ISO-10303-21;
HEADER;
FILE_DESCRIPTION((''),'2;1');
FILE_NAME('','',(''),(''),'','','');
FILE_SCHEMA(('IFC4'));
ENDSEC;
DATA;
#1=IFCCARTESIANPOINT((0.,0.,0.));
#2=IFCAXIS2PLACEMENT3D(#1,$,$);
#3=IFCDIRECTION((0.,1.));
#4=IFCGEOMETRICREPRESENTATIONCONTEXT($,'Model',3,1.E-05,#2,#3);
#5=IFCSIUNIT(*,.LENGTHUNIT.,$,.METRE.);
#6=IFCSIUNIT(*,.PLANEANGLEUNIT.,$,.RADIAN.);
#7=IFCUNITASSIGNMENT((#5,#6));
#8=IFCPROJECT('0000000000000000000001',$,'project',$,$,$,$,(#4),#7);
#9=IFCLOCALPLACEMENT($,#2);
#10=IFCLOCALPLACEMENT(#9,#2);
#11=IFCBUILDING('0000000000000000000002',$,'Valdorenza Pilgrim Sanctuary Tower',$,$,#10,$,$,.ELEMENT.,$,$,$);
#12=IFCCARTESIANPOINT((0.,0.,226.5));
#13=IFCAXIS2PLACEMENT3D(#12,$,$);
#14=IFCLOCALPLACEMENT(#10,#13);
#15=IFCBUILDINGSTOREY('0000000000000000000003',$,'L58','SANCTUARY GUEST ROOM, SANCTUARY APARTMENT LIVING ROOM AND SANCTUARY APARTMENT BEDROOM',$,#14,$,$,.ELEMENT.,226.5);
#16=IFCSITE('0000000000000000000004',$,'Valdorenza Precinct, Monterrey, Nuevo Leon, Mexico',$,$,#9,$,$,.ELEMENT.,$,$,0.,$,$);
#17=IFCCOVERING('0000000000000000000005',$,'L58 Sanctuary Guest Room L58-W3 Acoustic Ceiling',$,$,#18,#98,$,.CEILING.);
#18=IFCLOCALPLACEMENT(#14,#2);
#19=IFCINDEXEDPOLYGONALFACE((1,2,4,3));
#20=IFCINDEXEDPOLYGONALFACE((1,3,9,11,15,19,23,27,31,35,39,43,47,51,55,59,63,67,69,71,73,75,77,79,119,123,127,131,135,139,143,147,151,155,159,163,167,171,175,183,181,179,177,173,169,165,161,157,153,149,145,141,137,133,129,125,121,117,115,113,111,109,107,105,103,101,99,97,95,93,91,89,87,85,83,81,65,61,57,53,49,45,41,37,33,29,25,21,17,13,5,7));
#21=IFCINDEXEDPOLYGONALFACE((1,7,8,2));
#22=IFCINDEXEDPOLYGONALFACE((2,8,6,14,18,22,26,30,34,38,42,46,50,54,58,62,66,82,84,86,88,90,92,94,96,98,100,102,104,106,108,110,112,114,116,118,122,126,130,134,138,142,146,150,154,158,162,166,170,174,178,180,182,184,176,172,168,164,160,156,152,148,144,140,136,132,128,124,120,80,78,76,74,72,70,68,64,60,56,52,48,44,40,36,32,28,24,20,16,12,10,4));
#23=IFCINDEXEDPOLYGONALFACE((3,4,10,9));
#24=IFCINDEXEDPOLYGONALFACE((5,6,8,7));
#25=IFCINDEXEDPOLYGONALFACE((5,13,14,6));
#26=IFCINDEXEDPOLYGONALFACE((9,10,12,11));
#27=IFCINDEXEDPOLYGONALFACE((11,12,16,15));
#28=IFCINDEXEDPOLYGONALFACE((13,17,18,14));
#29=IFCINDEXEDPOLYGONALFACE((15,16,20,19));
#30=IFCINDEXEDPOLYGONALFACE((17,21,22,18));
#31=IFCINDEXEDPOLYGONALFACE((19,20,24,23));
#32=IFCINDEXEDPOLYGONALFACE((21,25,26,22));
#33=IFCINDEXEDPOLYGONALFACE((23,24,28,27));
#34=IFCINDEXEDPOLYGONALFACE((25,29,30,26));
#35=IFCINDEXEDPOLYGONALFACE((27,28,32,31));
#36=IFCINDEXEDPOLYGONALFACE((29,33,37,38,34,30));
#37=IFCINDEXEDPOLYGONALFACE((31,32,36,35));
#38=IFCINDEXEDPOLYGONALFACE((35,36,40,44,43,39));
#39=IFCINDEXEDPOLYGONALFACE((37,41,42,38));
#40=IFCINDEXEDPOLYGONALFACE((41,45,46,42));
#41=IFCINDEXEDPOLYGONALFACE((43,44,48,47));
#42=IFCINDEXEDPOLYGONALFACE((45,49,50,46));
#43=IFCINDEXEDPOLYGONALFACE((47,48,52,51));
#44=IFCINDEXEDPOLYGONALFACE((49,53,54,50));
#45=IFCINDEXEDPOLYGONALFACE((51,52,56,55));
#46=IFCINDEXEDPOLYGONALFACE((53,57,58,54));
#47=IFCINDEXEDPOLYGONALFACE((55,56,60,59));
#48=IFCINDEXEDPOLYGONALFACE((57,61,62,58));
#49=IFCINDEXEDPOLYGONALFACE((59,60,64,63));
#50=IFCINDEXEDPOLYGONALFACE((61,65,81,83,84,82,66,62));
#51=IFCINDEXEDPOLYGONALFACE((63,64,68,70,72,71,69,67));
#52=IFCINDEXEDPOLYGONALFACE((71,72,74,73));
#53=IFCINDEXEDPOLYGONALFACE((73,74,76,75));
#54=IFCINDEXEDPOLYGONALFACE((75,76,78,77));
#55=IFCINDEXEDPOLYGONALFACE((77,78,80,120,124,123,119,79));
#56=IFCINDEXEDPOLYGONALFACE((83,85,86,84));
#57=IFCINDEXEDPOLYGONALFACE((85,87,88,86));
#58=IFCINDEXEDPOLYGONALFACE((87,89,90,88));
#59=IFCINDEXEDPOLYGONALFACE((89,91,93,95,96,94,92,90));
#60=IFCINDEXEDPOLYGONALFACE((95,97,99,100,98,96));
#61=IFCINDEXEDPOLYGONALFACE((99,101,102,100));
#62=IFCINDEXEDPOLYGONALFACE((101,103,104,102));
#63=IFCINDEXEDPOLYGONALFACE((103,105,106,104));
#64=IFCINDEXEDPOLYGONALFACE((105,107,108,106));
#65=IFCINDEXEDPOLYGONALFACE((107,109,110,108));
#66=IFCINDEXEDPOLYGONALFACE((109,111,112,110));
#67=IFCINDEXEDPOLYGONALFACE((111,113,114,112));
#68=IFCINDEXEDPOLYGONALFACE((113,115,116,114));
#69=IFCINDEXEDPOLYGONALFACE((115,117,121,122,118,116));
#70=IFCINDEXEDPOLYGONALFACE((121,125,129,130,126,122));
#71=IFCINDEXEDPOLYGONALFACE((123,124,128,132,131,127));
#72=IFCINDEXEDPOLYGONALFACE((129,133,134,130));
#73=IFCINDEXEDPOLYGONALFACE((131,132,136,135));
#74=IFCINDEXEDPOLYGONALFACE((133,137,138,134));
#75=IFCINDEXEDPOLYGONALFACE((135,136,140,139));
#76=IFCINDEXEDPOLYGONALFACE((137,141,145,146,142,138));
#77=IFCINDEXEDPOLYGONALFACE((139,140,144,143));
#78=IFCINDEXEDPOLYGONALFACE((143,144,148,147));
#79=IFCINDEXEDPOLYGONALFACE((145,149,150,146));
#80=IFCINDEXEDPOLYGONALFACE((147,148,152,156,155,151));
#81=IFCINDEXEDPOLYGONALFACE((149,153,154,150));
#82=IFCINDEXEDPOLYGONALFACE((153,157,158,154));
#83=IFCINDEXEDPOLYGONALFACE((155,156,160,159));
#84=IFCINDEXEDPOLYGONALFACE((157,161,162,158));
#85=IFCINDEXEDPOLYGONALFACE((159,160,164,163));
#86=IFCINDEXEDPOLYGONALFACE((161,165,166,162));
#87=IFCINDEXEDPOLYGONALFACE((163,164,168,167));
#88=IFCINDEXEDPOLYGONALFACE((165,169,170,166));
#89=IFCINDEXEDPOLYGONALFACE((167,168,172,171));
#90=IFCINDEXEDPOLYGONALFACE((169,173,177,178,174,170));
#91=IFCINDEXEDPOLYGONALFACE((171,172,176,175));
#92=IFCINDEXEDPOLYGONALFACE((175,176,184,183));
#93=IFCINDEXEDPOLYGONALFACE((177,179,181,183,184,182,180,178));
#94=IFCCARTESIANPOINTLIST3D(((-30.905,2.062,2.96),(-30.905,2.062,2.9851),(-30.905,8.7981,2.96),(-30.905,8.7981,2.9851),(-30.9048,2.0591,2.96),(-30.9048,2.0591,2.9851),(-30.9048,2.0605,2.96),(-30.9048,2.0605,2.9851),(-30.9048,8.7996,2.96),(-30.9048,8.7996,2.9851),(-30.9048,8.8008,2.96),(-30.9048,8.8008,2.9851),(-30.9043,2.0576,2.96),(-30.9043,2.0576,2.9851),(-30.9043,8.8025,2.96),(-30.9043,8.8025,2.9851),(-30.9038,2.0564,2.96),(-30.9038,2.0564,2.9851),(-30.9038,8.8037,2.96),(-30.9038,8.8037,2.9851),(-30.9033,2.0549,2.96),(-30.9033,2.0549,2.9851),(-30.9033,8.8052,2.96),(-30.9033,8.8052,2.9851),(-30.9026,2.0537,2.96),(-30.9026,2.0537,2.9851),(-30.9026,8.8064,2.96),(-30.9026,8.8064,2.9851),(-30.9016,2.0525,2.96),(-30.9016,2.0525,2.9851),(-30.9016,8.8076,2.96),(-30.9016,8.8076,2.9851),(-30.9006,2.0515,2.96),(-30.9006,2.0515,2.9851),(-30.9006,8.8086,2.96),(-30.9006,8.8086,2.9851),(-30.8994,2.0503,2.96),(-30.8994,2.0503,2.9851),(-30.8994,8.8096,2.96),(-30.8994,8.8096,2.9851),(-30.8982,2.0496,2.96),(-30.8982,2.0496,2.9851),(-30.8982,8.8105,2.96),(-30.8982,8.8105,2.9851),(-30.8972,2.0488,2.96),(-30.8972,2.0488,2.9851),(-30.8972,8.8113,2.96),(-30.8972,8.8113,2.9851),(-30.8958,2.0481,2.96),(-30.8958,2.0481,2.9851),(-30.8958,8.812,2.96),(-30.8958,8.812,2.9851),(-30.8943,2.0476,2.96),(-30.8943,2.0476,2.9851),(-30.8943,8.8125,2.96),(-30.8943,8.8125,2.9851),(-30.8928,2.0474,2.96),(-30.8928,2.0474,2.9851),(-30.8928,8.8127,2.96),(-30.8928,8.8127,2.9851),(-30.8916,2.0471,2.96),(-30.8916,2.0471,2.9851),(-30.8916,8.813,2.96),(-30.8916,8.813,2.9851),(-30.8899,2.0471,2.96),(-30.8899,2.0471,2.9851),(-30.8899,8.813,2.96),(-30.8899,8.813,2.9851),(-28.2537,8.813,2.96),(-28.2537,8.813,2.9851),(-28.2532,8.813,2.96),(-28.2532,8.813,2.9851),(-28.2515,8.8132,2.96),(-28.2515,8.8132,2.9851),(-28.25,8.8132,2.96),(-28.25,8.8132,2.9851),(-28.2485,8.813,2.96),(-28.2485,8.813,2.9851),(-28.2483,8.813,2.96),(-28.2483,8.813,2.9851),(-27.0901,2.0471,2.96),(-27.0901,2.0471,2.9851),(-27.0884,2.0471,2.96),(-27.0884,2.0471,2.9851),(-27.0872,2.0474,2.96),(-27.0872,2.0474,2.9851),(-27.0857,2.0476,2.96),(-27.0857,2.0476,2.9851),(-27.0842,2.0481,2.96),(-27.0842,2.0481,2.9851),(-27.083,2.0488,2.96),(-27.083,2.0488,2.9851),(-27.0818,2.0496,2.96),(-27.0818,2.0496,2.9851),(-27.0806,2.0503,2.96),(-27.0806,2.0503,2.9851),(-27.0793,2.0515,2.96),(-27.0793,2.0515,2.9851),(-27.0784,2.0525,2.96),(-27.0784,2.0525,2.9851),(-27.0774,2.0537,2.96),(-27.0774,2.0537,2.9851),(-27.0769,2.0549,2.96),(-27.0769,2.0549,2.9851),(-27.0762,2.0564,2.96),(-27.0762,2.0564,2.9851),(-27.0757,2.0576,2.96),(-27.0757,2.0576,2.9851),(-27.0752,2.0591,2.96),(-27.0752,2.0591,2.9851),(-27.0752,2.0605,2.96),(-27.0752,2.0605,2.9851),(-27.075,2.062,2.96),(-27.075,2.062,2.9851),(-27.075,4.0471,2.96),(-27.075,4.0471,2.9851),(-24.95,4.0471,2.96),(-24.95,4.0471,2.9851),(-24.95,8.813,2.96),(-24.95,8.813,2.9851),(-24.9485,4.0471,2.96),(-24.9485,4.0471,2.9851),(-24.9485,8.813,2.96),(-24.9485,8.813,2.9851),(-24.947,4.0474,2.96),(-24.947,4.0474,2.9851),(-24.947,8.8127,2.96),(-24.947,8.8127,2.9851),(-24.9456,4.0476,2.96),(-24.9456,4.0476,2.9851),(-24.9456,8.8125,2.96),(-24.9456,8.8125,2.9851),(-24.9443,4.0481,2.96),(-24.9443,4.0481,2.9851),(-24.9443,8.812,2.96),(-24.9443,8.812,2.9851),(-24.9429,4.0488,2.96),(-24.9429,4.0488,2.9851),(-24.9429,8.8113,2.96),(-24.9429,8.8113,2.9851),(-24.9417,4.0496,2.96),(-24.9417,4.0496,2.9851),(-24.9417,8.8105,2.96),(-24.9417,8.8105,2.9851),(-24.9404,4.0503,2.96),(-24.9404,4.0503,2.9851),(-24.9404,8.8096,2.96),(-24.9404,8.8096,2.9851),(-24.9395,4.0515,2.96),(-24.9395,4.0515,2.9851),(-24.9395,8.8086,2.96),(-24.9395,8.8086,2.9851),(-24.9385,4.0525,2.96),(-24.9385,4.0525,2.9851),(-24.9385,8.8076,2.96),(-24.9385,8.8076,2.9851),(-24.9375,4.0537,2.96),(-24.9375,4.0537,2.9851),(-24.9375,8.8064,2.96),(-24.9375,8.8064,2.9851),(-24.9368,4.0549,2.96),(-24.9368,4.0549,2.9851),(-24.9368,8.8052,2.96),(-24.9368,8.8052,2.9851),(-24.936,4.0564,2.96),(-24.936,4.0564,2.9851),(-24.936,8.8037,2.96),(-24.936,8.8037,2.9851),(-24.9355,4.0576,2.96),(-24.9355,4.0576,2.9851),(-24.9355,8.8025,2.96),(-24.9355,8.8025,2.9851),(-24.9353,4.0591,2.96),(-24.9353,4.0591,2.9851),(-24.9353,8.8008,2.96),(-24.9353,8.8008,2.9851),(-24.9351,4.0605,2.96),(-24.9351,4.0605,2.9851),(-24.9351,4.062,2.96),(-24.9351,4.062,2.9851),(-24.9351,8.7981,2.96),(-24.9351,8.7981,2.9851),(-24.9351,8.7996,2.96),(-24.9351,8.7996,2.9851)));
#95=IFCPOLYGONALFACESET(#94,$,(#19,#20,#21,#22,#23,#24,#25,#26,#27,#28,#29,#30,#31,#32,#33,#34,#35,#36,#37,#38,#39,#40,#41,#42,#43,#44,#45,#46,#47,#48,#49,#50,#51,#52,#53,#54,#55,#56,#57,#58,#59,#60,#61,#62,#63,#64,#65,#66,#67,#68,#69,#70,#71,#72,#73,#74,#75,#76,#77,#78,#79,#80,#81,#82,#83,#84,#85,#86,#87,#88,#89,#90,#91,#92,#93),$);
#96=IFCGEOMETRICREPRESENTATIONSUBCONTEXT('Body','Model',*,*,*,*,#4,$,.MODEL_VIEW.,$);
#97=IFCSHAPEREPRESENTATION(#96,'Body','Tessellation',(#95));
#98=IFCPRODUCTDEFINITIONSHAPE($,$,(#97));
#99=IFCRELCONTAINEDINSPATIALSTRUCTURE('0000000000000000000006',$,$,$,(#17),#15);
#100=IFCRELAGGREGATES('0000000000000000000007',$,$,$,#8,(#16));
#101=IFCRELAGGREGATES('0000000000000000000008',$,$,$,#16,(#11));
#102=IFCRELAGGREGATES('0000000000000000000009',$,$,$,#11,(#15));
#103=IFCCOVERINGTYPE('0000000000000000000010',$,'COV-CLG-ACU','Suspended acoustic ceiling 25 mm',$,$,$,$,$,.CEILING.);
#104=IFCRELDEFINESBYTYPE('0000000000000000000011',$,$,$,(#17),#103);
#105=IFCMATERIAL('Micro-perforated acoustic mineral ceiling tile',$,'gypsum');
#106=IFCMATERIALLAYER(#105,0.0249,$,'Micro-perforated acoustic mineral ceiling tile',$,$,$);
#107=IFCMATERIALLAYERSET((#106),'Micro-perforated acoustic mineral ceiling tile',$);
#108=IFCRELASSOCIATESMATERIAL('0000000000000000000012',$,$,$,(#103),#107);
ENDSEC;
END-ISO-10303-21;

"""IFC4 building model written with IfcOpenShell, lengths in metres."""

from ifc_helpers import new_model, si_unit, direction, frame, origin, place, context, subcontext, project, spatial, polyline, outline, extrude, material, layer, layer_set, type_object, element, save


model = new_model("IFC4")

# Units and contexts
model_context = context("Model", 3, precision=1e-05, world=origin(), true_north=direction((0.0, 1.0)))
body_context = subcontext(model_context, "Body", "Model", "MODEL_VIEW")
ifc_project = project(units=[si_unit("LENGTHUNIT", "METRE"), si_unit("PLANEANGLEUNIT", "RADIAN")], contexts=[model_context])

# Site, building, storey
site_placement = place(None, origin())
site = spatial("IfcSite", under=ifc_project, at=site_placement, Name="Valdorenza Precinct, Monterrey, Nuevo Leon, Mexico", CompositionType="ELEMENT", RefElevation=0.0)
building_placement = place(site_placement, origin())
building = spatial("IfcBuilding", under=site, at=building_placement, Name="Valdorenza Pilgrim Sanctuary Tower", CompositionType="ELEMENT")
storey_placement = place(building_placement, frame((0.0, 0.0, 226.5)))
storey = spatial("IfcBuildingStorey", under=building, at=storey_placement, Name="L58", Description="SANCTUARY GUEST ROOM, SANCTUARY APARTMENT LIVING ROOM AND SANCTUARY APARTMENT BEDROOM", CompositionType="ELEMENT", Elevation=226.5)

# Covering
ifc_material_1 = material(Name="Micro-perforated acoustic mineral ceiling tile", Category="gypsum")
ifc_layer_1 = layer(ifc_material_1, 0.0249, Name="Micro-perforated acoustic mineral ceiling tile")
ifc_layer_set_1 = layer_set([ifc_layer_1], Name="Micro-perforated acoustic mineral ceiling tile")
covering_type_1 = type_object("IfcCoveringType", Name="COV-CLG-ACU", Description="Suspended acoustic ceiling 25 mm", PredefinedType="CEILING", material=ifc_layer_set_1)
covering_1_placement = place(storey_placement, frame((0.0, 0.0, 2.96)))
element("IfcCovering", 1, at=covering_1_placement, inside=storey, type_object=covering_type_1, Name="L58 Sanctuary Guest Room L58-W3 Acoustic Ceiling", PredefinedType="CEILING", context=body_context, shape_type="SweptSolid", body=[
    extrude(outline(polyline([(-28.2537, 8.813), (-28.2532, 8.813), (-28.2515, 8.8132), (-28.25, 8.8132), (-28.2485, 8.813), (-28.2483, 8.813), (-24.95, 8.813), (-24.9485, 8.813), (-24.947, 8.8127), (-24.9456, 8.8125), (-24.9443, 8.812), (-24.9429, 8.8113), (-24.9417, 8.8105), (-24.9404, 8.8096), (-24.9395, 8.8086), (-24.9385, 8.8076), (-24.9375, 8.8064), (-24.9368, 8.8052), (-24.936, 8.8037), (-24.9355, 8.8025), (-24.9353, 8.8008), (-24.9351, 8.7996), (-24.9351, 8.7981), (-24.9351, 4.062), (-24.9351, 4.0605), (-24.9353, 4.0591), (-24.9355, 4.0576), (-24.936, 4.0564), (-24.9368, 4.0549), (-24.9375, 4.0537), (-24.9385, 4.0525), (-24.9395, 4.0515), (-24.9404, 4.0503), (-24.9417, 4.0496), (-24.9429, 4.0488), (-24.9443, 4.0481), (-24.9456, 4.0476), (-24.947, 4.0474), (-24.9485, 4.0471), (-24.95, 4.0471), (-27.075, 4.0471), (-27.075, 2.062), (-27.0752, 2.0605), (-27.0752, 2.0591), (-27.0757, 2.0576), (-27.0762, 2.0564), (-27.0769, 2.0549), (-27.0774, 2.0537), (-27.0784, 2.0525), (-27.0793, 2.0515), (-27.0806, 2.0503), (-27.0818, 2.0496), (-27.083, 2.0488), (-27.0842, 2.0481), (-27.0857, 2.0476), (-27.0872, 2.0474), (-27.0884, 2.0471), (-27.0901, 2.0471), (-30.8899, 2.0471), (-30.8916, 2.0471), (-30.8928, 2.0474), (-30.8943, 2.0476), (-30.8958, 2.0481), (-30.8972, 2.0488), (-30.8982, 2.0496), (-30.8994, 2.0503), (-30.9006, 2.0515), (-30.9016, 2.0525), (-30.9026, 2.0537), (-30.9033, 2.0549), (-30.9038, 2.0564), (-30.9043, 2.0576), (-30.9048, 2.0591), (-30.9048, 2.0605), (-30.905, 2.062), (-30.905, 8.7981), (-30.9048, 8.7996), (-30.9048, 8.8008), (-30.9043, 8.8025), (-30.9038, 8.8037), (-30.9033, 8.8052), (-30.9026, 8.8064), (-30.9016, 8.8076), (-30.9006, 8.8086), (-30.8994, 8.8096), (-30.8982, 8.8105), (-30.8972, 8.8113), (-30.8958, 8.812), (-30.8943, 8.8125), (-30.8928, 8.8127), (-30.8916, 8.813), (-30.8899, 8.813), (-28.2537, 8.813)])), origin(), (0.0, 0.0, 1.0), 0.0251),
])

save(model, "model.ifc")
